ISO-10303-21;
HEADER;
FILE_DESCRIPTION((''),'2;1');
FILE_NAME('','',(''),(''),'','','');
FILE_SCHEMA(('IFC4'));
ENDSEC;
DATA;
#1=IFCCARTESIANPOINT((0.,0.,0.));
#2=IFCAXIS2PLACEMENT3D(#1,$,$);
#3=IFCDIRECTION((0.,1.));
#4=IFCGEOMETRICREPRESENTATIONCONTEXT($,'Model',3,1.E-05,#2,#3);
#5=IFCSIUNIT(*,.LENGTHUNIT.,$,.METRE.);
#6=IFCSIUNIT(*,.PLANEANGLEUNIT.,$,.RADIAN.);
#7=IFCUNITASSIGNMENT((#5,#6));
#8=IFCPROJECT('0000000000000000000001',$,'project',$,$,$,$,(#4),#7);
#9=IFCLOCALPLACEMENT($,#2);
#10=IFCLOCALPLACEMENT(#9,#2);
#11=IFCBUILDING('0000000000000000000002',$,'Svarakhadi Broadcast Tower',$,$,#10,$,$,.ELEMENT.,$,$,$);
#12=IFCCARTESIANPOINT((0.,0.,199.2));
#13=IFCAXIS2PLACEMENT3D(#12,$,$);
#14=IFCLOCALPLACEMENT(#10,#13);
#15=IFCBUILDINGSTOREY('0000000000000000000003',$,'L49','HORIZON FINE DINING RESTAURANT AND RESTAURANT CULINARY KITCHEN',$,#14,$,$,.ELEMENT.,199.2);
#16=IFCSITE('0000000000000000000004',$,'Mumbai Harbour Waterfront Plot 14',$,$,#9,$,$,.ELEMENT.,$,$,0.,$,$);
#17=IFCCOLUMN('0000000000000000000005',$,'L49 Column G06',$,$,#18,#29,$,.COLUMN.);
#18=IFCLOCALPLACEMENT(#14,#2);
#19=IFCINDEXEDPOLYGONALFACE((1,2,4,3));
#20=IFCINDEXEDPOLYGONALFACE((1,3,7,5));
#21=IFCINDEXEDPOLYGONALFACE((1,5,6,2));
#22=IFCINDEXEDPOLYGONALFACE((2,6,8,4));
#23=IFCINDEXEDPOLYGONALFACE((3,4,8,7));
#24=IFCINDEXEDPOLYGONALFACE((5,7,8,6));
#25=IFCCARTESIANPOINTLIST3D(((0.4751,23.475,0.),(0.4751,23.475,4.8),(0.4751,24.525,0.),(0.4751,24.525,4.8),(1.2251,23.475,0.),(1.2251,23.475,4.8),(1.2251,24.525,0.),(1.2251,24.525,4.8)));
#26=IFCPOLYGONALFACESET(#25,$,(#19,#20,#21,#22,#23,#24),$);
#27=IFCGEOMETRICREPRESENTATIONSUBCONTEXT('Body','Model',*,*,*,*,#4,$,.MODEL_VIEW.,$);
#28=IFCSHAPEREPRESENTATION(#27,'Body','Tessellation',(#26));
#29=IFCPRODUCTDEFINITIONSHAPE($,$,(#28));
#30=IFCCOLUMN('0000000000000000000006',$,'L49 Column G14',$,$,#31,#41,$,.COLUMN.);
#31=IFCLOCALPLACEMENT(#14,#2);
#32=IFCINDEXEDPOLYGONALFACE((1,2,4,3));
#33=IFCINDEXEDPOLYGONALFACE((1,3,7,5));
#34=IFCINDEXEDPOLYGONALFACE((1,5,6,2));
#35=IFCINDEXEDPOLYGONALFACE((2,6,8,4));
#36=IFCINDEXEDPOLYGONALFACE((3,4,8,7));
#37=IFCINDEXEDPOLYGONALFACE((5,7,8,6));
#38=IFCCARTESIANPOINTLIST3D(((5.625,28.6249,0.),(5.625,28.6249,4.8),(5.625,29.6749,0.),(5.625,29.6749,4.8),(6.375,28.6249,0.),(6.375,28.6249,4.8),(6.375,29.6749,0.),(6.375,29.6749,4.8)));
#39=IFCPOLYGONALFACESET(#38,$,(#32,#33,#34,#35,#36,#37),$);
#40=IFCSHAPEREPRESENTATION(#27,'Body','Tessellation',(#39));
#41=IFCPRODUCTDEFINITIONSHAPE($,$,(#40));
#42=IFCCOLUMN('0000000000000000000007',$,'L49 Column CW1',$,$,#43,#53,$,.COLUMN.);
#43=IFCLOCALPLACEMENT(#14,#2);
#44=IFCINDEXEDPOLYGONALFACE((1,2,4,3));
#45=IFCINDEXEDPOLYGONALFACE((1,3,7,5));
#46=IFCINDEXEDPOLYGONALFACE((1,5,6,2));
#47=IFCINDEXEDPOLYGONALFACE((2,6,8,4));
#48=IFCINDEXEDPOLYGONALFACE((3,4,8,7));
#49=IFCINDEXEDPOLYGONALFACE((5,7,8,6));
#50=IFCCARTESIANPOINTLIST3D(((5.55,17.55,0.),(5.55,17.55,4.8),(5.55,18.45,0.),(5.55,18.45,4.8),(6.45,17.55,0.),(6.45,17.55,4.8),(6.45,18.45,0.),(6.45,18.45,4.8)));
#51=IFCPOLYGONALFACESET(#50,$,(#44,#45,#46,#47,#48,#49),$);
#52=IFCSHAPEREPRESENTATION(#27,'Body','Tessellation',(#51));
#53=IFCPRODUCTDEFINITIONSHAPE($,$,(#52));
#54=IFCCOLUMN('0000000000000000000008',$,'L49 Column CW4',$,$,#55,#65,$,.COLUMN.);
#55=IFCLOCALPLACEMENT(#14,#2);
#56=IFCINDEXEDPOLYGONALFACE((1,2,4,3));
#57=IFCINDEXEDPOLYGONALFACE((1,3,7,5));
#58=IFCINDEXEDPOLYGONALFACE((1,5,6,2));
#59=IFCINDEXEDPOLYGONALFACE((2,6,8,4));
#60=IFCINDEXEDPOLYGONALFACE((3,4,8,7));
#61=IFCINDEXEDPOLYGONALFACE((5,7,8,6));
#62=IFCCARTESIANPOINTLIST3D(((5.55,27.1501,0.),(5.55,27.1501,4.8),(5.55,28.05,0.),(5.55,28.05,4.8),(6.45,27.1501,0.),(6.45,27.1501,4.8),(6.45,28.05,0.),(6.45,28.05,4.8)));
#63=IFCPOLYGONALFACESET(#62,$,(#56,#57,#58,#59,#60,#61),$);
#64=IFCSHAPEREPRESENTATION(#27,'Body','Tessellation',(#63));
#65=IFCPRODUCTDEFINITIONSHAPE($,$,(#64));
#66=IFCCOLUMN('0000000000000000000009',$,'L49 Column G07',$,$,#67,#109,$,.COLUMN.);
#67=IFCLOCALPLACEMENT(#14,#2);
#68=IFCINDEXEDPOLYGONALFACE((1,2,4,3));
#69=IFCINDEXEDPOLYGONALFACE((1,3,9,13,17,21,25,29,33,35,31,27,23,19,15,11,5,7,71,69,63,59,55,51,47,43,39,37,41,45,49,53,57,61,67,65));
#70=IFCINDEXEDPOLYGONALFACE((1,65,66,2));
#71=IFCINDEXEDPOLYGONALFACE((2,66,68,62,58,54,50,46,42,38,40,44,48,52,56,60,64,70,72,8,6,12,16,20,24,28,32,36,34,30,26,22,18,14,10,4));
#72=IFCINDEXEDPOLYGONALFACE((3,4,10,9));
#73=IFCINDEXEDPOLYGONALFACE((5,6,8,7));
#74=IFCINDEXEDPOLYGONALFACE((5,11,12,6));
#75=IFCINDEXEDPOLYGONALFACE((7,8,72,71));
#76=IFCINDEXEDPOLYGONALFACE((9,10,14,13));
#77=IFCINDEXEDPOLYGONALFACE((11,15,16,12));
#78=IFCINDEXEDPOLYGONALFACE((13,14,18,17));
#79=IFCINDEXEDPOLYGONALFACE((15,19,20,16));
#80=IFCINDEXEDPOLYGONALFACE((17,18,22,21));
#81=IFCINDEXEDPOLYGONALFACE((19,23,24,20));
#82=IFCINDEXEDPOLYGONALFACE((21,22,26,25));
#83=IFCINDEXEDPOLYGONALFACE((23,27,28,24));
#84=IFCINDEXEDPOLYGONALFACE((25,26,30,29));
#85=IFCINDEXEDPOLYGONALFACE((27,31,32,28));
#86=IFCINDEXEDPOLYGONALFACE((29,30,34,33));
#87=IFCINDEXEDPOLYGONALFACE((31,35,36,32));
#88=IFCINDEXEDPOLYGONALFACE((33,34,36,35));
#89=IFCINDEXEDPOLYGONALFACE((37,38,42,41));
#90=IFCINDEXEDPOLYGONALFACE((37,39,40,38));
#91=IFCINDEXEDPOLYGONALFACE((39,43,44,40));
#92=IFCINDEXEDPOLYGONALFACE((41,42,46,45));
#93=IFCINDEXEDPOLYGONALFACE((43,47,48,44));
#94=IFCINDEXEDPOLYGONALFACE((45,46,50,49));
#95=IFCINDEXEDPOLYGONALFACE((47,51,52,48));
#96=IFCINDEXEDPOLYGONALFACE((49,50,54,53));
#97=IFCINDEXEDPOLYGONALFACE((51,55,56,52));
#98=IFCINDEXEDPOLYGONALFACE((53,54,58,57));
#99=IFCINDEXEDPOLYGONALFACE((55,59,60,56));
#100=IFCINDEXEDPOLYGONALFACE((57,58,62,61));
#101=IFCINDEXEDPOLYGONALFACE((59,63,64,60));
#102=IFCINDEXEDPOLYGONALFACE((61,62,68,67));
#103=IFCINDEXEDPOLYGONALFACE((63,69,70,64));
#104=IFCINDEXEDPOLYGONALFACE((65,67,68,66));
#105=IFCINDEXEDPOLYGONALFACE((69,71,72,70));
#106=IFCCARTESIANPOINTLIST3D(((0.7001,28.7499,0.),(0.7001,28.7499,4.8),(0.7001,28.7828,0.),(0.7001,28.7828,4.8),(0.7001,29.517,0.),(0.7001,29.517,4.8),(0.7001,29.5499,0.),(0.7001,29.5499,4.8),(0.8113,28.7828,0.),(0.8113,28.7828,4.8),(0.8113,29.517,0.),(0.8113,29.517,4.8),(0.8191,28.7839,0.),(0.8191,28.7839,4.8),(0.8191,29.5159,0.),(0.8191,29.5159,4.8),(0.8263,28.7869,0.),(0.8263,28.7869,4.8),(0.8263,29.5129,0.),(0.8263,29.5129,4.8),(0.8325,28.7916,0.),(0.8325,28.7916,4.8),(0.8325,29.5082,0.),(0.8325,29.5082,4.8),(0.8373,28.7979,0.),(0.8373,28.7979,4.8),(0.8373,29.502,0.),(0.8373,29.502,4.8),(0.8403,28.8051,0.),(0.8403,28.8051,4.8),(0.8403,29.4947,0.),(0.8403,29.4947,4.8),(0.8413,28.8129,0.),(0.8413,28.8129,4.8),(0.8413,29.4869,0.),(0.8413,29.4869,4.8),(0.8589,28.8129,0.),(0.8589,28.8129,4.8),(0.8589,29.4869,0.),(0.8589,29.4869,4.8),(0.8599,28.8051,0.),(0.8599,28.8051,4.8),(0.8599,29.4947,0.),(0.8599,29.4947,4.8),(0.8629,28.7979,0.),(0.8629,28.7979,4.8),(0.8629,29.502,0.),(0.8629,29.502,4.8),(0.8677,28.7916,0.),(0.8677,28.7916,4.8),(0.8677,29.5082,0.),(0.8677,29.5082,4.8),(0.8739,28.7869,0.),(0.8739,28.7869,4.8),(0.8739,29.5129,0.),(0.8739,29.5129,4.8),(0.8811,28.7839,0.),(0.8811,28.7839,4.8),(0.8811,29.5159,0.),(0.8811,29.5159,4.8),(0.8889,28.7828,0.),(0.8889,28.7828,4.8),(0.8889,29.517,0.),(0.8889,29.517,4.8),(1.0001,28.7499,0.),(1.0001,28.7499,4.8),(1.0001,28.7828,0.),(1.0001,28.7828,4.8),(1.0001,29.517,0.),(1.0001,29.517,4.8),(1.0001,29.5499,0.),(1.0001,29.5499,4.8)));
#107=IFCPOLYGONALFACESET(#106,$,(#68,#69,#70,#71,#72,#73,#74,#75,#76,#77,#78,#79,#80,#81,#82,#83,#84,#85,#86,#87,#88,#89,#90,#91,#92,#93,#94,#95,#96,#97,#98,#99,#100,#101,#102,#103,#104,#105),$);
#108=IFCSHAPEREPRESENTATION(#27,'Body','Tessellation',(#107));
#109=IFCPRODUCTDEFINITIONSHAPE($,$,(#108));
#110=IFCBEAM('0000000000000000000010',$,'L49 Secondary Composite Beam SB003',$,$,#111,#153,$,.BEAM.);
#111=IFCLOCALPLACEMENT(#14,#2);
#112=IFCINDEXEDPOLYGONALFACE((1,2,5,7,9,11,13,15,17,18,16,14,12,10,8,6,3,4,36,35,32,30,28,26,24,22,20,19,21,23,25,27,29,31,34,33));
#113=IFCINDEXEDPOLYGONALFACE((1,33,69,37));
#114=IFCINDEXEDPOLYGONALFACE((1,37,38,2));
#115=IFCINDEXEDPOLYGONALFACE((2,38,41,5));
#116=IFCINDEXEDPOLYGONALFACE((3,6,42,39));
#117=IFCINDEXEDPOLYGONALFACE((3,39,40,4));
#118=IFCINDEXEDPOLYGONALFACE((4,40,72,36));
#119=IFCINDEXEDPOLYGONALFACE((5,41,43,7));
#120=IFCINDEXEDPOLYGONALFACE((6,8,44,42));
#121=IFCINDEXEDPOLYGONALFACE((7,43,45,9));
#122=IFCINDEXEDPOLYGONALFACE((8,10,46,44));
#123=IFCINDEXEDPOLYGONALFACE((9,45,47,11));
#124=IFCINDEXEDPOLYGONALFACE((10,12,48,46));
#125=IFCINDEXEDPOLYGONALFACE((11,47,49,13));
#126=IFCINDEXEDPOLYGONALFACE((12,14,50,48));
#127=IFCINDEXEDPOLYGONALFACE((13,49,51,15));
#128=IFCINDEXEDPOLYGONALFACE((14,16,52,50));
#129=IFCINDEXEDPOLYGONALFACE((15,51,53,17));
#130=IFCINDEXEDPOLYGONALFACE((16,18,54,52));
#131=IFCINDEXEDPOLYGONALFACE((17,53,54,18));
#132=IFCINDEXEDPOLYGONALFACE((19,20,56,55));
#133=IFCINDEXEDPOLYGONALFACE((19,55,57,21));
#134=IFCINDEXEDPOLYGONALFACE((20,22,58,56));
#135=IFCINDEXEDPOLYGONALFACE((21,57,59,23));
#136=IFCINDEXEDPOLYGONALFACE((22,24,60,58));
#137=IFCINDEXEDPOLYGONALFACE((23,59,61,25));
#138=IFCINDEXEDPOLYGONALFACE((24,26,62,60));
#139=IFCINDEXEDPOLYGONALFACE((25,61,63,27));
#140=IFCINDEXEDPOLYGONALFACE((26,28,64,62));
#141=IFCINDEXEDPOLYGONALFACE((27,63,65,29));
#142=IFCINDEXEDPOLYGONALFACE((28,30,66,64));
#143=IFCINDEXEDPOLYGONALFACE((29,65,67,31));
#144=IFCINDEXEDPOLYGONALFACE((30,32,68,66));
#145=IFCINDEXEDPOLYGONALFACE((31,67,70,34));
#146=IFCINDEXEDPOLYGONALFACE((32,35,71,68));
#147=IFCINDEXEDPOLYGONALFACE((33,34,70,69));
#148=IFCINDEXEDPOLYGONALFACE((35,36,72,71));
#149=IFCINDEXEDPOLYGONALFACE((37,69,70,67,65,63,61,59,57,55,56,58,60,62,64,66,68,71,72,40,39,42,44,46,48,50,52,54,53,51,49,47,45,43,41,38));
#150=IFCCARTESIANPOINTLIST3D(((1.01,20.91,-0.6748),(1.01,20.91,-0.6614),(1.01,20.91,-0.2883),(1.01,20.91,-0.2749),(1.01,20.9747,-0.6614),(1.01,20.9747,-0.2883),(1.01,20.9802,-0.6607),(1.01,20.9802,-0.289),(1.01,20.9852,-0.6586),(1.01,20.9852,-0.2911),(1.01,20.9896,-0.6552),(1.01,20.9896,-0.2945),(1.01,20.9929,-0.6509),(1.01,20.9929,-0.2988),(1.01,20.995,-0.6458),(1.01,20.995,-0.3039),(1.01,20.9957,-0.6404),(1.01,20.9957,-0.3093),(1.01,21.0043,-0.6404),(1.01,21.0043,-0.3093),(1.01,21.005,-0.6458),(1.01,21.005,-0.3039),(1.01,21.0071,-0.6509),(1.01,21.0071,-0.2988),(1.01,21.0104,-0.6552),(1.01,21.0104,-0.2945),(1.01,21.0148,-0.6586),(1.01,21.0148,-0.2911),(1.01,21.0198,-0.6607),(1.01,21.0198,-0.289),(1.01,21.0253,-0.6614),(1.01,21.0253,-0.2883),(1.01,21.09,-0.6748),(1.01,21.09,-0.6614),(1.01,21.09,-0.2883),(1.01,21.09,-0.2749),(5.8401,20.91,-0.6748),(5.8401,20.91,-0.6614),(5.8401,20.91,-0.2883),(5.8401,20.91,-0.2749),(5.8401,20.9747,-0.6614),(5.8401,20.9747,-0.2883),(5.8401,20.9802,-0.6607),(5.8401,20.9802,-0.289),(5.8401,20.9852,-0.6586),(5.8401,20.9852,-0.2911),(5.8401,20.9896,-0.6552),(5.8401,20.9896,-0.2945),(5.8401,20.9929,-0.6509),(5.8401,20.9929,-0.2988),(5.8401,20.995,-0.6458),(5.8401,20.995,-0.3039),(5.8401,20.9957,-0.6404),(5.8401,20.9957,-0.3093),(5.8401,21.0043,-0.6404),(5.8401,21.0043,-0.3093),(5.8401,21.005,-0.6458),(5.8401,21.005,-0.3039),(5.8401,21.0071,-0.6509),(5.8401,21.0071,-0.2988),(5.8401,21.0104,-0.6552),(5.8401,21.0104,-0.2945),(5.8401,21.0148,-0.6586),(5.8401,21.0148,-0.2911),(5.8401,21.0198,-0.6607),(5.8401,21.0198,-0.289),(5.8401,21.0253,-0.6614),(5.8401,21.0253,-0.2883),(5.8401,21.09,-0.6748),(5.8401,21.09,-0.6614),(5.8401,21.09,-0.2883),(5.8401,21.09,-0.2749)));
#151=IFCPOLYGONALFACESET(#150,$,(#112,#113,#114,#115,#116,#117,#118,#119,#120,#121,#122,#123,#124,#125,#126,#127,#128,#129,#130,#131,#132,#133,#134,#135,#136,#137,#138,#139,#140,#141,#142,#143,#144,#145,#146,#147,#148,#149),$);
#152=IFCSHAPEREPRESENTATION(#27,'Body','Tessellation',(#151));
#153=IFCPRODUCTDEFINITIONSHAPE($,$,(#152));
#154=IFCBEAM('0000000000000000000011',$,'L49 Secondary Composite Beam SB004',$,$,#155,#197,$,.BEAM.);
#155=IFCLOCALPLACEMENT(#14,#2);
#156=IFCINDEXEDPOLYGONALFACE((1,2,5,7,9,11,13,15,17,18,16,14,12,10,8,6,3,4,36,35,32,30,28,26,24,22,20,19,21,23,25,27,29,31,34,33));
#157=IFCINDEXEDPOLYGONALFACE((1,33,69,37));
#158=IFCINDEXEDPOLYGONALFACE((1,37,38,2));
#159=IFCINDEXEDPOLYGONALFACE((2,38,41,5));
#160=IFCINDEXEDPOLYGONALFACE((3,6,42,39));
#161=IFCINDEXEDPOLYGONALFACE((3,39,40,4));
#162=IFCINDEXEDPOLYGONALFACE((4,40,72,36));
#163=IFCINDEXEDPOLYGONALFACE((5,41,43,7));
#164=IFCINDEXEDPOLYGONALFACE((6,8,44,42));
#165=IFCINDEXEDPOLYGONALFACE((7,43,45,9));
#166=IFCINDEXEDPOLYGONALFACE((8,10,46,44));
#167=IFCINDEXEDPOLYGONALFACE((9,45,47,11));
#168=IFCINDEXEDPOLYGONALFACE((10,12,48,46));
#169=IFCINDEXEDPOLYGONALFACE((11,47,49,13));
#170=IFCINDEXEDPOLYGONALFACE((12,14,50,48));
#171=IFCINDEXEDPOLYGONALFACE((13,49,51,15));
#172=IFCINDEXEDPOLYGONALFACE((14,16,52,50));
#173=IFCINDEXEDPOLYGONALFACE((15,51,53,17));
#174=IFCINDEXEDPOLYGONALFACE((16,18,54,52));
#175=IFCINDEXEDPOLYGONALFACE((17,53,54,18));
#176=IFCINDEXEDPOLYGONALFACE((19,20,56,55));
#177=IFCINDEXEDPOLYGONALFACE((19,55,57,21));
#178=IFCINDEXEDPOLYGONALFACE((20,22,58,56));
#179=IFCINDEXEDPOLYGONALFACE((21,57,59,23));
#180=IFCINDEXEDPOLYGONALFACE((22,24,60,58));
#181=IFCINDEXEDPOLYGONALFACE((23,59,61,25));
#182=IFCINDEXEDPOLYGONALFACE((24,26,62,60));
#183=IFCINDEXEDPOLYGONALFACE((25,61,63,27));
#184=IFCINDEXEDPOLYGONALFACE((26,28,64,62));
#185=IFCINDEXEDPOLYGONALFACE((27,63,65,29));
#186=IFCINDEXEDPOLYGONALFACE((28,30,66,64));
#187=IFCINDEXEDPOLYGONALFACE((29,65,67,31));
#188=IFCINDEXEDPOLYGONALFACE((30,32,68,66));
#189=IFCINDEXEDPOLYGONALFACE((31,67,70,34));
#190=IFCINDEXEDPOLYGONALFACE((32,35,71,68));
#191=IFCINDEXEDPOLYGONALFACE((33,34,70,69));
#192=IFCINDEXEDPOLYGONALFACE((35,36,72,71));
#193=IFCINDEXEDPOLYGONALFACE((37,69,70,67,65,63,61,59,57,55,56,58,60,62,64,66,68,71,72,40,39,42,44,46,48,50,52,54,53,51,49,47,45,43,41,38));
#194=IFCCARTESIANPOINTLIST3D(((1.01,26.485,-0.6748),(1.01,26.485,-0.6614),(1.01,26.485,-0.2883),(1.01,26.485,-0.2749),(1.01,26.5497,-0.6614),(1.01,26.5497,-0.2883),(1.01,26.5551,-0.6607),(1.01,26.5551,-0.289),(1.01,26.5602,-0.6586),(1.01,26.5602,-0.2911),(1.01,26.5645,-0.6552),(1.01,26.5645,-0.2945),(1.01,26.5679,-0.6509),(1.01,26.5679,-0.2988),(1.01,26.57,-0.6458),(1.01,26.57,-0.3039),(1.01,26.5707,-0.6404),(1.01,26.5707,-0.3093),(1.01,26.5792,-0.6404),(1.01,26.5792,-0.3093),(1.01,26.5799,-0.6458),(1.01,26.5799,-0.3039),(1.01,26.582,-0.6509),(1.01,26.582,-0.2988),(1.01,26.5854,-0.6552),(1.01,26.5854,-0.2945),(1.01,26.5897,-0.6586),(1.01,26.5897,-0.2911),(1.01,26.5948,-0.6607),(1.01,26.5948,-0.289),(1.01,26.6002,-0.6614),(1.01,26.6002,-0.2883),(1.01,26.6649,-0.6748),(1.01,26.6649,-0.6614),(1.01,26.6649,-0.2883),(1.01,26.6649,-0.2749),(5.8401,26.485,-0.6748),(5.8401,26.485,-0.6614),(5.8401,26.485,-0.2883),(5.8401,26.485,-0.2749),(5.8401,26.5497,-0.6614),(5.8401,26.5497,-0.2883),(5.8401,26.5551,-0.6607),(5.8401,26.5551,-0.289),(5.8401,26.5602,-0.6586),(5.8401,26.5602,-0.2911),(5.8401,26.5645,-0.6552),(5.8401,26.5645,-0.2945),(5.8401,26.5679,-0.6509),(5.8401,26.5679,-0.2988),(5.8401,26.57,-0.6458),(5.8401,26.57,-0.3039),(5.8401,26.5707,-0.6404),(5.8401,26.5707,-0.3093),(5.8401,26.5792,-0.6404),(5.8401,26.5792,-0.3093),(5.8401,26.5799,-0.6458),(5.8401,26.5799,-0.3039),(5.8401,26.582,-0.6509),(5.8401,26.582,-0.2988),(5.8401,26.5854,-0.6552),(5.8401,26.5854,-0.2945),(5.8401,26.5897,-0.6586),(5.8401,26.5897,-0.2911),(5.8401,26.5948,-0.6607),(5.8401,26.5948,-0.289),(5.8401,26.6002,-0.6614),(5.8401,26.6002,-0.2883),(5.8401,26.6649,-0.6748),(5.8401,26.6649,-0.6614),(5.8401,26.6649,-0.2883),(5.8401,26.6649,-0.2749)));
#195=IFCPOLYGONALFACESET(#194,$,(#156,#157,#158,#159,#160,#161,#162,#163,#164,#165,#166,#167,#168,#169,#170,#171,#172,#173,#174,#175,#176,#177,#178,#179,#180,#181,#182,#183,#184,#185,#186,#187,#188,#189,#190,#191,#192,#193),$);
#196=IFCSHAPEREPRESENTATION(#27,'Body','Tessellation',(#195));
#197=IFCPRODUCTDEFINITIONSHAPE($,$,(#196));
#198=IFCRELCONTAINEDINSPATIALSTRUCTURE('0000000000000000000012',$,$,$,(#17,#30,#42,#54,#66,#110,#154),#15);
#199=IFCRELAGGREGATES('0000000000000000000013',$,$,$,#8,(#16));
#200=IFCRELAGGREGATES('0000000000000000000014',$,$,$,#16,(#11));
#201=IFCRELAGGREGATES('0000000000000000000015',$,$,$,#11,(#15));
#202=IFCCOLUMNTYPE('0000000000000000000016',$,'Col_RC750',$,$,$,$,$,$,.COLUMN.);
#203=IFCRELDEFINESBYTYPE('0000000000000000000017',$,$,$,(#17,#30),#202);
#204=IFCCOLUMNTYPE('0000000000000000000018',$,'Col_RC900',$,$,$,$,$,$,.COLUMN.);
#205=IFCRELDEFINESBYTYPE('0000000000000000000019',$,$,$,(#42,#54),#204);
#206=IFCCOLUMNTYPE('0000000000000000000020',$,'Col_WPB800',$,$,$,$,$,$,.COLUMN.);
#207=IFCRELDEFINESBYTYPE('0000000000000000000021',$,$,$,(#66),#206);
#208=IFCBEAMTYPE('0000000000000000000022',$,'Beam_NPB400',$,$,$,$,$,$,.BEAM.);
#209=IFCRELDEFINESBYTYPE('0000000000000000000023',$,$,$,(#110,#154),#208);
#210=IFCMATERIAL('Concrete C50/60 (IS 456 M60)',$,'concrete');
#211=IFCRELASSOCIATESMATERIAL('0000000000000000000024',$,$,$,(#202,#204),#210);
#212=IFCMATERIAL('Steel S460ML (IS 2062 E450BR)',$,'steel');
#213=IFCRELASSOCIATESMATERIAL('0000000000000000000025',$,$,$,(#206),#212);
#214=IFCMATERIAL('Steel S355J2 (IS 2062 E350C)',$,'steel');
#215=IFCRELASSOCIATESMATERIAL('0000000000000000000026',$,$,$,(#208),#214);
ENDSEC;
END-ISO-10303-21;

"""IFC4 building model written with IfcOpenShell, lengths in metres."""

from ifc_helpers import new_model, si_unit, direction, frame, origin, origin_2d, place, context, subcontext, project, spatial, rectangle, i_section, extrude, material, material_profile, profile_set, type_object, element, save


model = new_model("IFC4")

# Units and contexts
model_context = context("Model", 3, precision=1e-05, world=origin(), true_north=direction((0.0, 1.0)))
body_context = subcontext(model_context, "Body", "Model", "MODEL_VIEW")
ifc_project = project(units=[si_unit("LENGTHUNIT", "METRE"), si_unit("PLANEANGLEUNIT", "RADIAN")], contexts=[model_context])

# Site, building, storey
site_placement = place(None, origin())
site = spatial("IfcSite", under=ifc_project, at=site_placement, Name="Mumbai Harbour Waterfront Plot 14", CompositionType="ELEMENT", RefElevation=0.0)
building_placement = place(site_placement, origin())
building = spatial("IfcBuilding", under=site, at=building_placement, Name="Svarakhadi Broadcast Tower", CompositionType="ELEMENT")
storey_placement = place(building_placement, frame((0.0, 0.0, 199.2)))
storey = spatial("IfcBuildingStorey", under=building, at=storey_placement, Name="L49", Description="HORIZON FINE DINING RESTAURANT AND RESTAURANT CULINARY KITCHEN", CompositionType="ELEMENT", Elevation=199.2)

# Columns
ifc_material_1 = material(Name="Concrete C50/60 (IS 456 M60)", Category="concrete")
ifc_material_profile_1 = material_profile(ifc_material_1, rectangle(XDim=0.75, YDim=1.05, at=origin_2d()), Name="RC 750x1050")
ifc_profile_set_1 = profile_set([ifc_material_profile_1], Name="Concrete C50/60 (IS 456 M60)")
column_type_1 = type_object("IfcColumnType", Name="Col_RC750", PredefinedType="COLUMN", material=ifc_profile_set_1)
for number, where, z_axis, x_axis, name in (
    (1, (0.8501, 24.0, 0.0), (0.0, 0.0, 1.0), (1.0, 0.0, 0.0), "L49 Column G06"),
    (2, (6.0, 29.1499, 0.0), (0.0, 0.0, 1.0), (1.0, 0.0, 0.0), "L49 Column G14"),
):
    element("IfcColumn", number, at=place(storey_placement, frame(where, z_axis=z_axis, x_axis=x_axis)), inside=storey, type_object=column_type_1, Name=name, PredefinedType="COLUMN", context=body_context, shape_type="SweptSolid", body=[
        extrude(rectangle(XDim=0.75, YDim=1.05, at=origin_2d()), origin(), (0.0, 0.0, 1.0), 4.8),
    ])
ifc_material_profile_2 = material_profile(ifc_material_1, rectangle(XDim=0.8999, YDim=0.8999, at=origin_2d()), Name="RC 900x900")
ifc_profile_set_2 = profile_set([ifc_material_profile_2], Name="Concrete C50/60 (IS 456 M60)")
column_type_2 = type_object("IfcColumnType", Name="Col_RC900", PredefinedType="COLUMN", material=ifc_profile_set_2)
for number, where, z_axis, x_axis, name in (
    (3, (6.0, 18.0, 0.0), (0.0, 0.0, 1.0), (1.0, 0.0, 0.0), "L49 Column CW1"),
    (4, (6.0, 27.6001, 0.0), (0.0, 0.0, 1.0), (1.0, 0.0, 0.0), "L49 Column CW4"),
):
    element("IfcColumn", number, at=place(storey_placement, frame(where, z_axis=z_axis, x_axis=x_axis)), inside=storey, type_object=column_type_2, Name=name, PredefinedType="COLUMN", context=body_context, shape_type="SweptSolid", body=[
        extrude(rectangle(XDim=0.8999, YDim=0.8999, at=origin_2d()), origin(), (0.0, 0.0, 1.0), 4.8),
    ])
ifc_material_2 = material(Name="Steel S460ML (IS 2062 E450BR)", Category="steel")
ifc_material_profile_3 = material_profile(ifc_material_2, i_section(OverallWidth=0.3, OverallDepth=0.8, WebThickness=0.0176, FlangeThickness=0.033, FilletRadius=0.03, at=origin_2d()), Name="WPB 800x300x262")
ifc_profile_set_3 = profile_set([ifc_material_profile_3], Name="Steel S460ML (IS 2062 E450BR)")
column_type_3 = type_object("IfcColumnType", Name="Col_WPB800", PredefinedType="COLUMN", material=ifc_profile_set_3)
column_placement = place(storey_placement, frame((0.8501, 29.1499, 0.0), z_axis=(0.0, 0.0, 1.0), x_axis=(1.0, 0.0, 0.0)))
element("IfcColumn", 5, at=column_placement, inside=storey, type_object=column_type_3, Name="L49 Column G07", PredefinedType="COLUMN", context=body_context, shape_type="SweptSolid", body=[
    extrude(i_section(OverallWidth=0.3, OverallDepth=0.8, WebThickness=0.0176, FlangeThickness=0.033, FilletRadius=0.03, at=origin_2d()), origin(), (0.0, 0.0, 1.0), 4.8),
])

# Beams
ifc_material_3 = material(Name="Steel S355J2 (IS 2062 E350C)", Category="steel")
ifc_material_profile_4 = material_profile(ifc_material_3, i_section(OverallWidth=0.1799, OverallDepth=0.3999, WebThickness=0.0085, FlangeThickness=0.0134, FilletRadius=0.021, at=origin_2d()), Name="NPB 400x180x66")
ifc_profile_set_4 = profile_set([ifc_material_profile_4], Name="Steel S355J2 (IS 2062 E350C)")
beam_type_1 = type_object("IfcBeamType", Name="Beam_NPB400", PredefinedType="BEAM", material=ifc_profile_set_4)
for number, where, z_axis, x_axis, name in (
    (6, (1.01, 21.0, -0.4749), (1.0, 0.0, 0.0), (0.0, 1.0, 0.0), "L49 Secondary Composite Beam SB003"),
    (7, (1.01, 26.575, -0.4749), (1.0, 0.0, 0.0), (0.0, 1.0, 0.0), "L49 Secondary Composite Beam SB004"),
):
    element("IfcBeam", number, at=place(storey_placement, frame(where, z_axis=z_axis, x_axis=x_axis)), inside=storey, type_object=beam_type_1, Name=name, PredefinedType="BEAM", context=body_context, shape_type="SweptSolid", body=[
        extrude(i_section(OverallWidth=0.1799, OverallDepth=0.3999, WebThickness=0.0085, FlangeThickness=0.0134, FilletRadius=0.021, at=origin_2d()), origin(), (0.0, 0.0, 1.0), 4.8301),
    ])

save(model, "model.ifc")
